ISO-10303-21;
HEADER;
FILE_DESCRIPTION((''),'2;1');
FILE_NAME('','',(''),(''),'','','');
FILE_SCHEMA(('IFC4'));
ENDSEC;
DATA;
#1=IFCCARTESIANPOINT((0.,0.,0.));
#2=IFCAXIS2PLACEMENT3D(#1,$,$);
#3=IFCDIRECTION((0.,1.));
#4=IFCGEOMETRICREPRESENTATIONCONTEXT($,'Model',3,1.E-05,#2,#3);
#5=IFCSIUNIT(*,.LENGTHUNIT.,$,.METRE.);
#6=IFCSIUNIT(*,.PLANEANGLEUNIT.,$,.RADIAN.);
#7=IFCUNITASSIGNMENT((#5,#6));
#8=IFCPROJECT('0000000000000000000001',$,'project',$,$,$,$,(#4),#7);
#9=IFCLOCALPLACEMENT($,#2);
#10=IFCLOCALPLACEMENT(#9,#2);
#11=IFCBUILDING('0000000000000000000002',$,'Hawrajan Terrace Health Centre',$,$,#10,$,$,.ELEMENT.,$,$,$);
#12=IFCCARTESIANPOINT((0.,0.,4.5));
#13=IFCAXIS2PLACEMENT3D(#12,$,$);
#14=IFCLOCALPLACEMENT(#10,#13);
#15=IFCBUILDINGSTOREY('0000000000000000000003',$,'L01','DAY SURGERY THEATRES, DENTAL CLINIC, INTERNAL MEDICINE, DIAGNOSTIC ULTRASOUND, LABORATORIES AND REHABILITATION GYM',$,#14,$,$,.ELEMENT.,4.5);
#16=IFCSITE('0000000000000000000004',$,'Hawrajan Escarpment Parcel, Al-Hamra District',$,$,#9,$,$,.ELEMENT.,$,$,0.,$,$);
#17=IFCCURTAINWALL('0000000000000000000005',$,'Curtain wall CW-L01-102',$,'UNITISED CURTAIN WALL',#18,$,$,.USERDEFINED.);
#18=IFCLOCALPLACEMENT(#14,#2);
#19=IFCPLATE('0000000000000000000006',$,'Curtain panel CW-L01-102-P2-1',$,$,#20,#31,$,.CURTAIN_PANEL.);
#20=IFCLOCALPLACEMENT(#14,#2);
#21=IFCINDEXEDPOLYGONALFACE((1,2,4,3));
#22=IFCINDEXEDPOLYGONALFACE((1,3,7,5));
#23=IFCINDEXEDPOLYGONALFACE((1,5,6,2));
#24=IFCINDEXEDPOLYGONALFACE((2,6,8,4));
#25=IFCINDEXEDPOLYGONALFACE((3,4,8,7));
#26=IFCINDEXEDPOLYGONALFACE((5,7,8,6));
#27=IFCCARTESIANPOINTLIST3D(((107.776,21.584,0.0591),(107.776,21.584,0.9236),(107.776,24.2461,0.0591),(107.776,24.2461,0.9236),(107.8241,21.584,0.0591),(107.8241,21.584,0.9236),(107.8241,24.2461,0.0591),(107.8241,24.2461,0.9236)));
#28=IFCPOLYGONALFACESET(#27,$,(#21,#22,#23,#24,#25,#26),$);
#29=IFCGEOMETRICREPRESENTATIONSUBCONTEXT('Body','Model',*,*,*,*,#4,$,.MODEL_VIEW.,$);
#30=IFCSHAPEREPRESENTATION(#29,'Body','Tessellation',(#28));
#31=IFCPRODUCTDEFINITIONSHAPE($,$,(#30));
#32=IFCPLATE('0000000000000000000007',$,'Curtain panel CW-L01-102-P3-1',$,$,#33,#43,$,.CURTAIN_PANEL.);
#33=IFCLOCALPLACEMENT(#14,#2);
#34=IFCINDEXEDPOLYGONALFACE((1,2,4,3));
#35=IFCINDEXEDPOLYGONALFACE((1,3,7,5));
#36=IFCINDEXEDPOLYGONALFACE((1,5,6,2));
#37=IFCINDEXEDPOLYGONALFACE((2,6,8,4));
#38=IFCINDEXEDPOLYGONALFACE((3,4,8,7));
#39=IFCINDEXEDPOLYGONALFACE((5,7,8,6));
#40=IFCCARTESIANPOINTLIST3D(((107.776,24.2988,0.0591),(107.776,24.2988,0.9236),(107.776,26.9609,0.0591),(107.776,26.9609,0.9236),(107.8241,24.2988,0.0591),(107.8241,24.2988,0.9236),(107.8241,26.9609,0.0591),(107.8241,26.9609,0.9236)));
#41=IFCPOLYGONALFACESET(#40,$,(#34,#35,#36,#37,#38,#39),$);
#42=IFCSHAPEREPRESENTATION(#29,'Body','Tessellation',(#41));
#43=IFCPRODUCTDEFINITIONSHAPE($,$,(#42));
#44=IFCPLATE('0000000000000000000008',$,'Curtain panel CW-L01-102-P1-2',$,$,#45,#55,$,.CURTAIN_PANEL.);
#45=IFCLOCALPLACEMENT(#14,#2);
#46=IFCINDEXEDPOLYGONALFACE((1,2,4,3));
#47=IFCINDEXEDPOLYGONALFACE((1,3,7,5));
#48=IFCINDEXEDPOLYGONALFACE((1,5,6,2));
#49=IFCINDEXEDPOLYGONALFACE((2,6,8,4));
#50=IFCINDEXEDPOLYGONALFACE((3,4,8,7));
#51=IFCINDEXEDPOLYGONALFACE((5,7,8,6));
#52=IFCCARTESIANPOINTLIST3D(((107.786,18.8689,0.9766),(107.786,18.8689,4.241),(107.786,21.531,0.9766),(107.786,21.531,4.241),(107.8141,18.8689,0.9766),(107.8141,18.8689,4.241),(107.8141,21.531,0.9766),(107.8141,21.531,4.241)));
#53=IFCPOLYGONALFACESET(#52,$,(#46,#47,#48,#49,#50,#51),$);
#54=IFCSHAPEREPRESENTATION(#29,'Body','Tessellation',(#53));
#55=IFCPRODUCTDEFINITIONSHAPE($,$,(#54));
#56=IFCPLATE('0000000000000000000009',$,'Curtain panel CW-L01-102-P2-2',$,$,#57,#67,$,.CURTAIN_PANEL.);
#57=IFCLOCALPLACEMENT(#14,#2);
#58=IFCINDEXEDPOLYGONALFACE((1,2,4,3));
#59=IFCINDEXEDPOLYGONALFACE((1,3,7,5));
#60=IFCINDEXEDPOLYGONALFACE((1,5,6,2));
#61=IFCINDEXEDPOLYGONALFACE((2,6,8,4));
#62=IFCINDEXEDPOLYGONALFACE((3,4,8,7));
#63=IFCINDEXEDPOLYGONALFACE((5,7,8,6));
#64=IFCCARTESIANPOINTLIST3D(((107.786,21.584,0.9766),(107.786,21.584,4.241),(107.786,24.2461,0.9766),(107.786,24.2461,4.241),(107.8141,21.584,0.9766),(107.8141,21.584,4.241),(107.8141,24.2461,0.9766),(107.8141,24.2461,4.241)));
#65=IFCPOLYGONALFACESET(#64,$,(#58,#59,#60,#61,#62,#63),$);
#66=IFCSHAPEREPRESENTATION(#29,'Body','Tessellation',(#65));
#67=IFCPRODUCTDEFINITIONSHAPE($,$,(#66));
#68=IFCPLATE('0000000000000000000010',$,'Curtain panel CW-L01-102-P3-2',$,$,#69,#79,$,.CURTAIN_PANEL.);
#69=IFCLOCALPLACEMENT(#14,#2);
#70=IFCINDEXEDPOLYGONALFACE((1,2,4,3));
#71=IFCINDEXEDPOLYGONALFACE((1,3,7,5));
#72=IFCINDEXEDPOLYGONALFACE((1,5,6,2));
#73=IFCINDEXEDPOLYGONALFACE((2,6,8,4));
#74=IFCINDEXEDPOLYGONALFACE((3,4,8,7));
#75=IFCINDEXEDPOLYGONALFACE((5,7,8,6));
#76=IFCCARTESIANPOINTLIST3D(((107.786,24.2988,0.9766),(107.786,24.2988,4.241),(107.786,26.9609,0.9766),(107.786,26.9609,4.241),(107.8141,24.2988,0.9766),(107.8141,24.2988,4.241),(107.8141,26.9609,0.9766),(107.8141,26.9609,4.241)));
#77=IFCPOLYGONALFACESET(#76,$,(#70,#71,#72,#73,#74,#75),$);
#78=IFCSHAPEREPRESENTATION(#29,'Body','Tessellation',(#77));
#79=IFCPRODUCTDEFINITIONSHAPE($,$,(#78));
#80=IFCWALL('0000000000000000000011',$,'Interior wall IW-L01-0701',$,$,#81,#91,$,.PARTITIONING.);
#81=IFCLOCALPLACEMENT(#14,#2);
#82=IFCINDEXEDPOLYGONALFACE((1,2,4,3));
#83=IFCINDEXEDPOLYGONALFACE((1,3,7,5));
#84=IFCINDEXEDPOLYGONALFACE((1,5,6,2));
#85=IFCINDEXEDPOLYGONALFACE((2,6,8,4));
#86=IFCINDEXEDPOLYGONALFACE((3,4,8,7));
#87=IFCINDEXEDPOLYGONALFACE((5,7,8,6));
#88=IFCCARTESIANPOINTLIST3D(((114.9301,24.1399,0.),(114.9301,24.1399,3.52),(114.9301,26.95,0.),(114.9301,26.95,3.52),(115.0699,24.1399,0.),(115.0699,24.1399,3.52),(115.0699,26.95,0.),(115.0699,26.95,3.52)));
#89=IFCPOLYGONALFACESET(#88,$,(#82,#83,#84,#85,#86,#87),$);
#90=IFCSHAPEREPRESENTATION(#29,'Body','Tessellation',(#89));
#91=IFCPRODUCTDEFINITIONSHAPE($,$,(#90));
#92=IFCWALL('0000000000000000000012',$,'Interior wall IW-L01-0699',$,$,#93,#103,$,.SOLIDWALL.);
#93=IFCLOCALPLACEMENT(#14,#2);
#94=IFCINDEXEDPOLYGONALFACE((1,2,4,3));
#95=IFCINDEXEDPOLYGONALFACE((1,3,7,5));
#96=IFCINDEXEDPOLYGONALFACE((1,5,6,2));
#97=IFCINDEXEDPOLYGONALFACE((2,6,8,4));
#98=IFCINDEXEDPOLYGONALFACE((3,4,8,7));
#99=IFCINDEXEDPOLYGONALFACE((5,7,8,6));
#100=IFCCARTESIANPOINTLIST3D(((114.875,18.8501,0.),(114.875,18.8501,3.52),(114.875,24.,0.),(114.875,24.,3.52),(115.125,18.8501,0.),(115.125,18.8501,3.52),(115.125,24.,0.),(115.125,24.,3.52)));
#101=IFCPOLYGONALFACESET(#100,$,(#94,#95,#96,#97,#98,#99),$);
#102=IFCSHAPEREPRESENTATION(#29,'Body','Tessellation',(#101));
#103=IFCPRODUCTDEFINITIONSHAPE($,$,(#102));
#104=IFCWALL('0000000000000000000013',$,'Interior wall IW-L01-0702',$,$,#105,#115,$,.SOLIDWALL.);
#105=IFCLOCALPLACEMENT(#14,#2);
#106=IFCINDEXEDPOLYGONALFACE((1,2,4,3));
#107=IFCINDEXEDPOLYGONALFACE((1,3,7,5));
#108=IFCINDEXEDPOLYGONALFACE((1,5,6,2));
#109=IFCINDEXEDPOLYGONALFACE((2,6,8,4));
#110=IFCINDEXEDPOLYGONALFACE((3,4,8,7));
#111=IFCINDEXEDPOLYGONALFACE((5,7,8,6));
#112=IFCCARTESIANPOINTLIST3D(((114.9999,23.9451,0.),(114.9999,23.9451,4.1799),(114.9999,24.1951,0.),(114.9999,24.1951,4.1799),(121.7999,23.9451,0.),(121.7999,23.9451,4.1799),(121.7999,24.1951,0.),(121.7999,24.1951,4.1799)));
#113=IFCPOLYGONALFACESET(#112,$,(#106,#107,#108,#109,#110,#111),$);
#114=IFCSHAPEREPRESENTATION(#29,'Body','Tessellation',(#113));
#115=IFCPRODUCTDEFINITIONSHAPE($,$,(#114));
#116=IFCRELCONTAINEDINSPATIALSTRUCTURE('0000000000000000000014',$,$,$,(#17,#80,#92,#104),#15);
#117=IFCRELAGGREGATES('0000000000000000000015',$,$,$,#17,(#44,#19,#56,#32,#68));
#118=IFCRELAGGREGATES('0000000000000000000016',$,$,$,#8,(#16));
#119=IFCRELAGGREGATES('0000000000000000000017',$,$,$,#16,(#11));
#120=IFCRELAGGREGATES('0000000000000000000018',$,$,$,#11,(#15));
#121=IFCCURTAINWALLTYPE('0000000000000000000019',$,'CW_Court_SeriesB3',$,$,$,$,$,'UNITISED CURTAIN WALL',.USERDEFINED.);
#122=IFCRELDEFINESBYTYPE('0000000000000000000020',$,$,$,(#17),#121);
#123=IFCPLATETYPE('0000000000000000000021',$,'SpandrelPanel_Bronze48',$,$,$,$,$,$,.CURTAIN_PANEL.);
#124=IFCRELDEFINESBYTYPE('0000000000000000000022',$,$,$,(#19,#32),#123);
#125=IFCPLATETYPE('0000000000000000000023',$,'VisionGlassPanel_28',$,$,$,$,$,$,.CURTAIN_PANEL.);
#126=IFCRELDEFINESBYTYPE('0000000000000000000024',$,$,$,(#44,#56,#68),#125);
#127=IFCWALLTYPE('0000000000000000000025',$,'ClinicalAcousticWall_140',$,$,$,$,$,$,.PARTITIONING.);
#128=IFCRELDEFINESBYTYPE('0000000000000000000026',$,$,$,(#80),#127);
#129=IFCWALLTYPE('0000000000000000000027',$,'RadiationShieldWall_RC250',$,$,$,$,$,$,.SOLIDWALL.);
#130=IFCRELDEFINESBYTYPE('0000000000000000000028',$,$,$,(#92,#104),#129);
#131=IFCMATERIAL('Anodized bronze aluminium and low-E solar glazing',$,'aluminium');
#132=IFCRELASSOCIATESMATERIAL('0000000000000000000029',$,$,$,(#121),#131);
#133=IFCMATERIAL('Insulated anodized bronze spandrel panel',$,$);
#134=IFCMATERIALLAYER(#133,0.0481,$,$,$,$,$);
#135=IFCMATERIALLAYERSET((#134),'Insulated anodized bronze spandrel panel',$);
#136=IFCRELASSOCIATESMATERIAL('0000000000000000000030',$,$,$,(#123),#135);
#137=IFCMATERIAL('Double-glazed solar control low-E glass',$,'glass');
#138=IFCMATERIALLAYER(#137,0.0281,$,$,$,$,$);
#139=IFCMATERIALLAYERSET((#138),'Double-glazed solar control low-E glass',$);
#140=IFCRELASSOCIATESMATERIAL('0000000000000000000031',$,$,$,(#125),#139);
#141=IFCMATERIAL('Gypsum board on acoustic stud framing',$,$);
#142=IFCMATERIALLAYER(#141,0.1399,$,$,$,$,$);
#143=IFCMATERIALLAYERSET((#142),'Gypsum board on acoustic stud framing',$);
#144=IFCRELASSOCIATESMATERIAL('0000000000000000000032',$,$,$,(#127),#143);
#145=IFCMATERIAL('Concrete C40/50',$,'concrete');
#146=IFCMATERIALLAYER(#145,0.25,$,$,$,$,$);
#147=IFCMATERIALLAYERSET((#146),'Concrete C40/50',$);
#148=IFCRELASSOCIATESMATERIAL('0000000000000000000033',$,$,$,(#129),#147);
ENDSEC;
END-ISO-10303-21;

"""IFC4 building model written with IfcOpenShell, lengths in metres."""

from ifc_helpers import new_model, si_unit, direction, frame, frame_2d, origin, origin_2d, place, context, subcontext, project, spatial, rectangle, extrude, material, layer, layer_set, type_object, element, aggregate, save


model = new_model("IFC4")

# Units and contexts
model_context = context("Model", 3, precision=1e-05, world=origin(), true_north=direction((0.0, 1.0)))
body_context = subcontext(model_context, "Body", "Model", "MODEL_VIEW")
ifc_project = project(units=[si_unit("LENGTHUNIT", "METRE"), si_unit("PLANEANGLEUNIT", "RADIAN")], contexts=[model_context])

# Site, building, storey
site_placement = place(None, origin())
site = spatial("IfcSite", under=ifc_project, at=site_placement, Name="Hawrajan Escarpment Parcel, Al-Hamra District", CompositionType="ELEMENT", RefElevation=0.0)
building_placement = place(site_placement, origin())
building = spatial("IfcBuilding", under=site, at=building_placement, Name="Hawrajan Terrace Health Centre", CompositionType="ELEMENT")
storey_placement = place(building_placement, frame((0.0, 0.0, 4.5)))
storey = spatial("IfcBuildingStorey", under=building, at=storey_placement, Name="L01", Description="DAY SURGERY THEATRES, DENTAL CLINIC, INTERNAL MEDICINE, DIAGNOSTIC ULTRASOUND, LABORATORIES AND REHABILITATION GYM", CompositionType="ELEMENT", Elevation=4.5)

# Curtain wall
ifc_material_1 = material(Name="Anodized bronze aluminium and low-E solar glazing", Category="aluminium")
curtain_wall_type = type_object("IfcCurtainWallType", Name="CW_Court_SeriesB3", ElementType="UNITISED CURTAIN WALL", PredefinedType="USERDEFINED", material=ifc_material_1)
curtain_wall_placement = place(storey_placement, origin())
curtain_wall = element("IfcCurtainWall", 1, at=curtain_wall_placement, inside=storey, type_object=curtain_wall_type, Name="Curtain wall CW-L01-102", ObjectType="UNITISED CURTAIN WALL", PredefinedType="USERDEFINED")

# Shared definitions
ifc_material_2 = material(Name="Concrete C40/50", Category="concrete")

# Plates
ifc_material_3 = material(Name="Insulated anodized bronze spandrel panel")
ifc_layer_1 = layer(ifc_material_3, 0.0481)
ifc_layer_set_1 = layer_set([ifc_layer_1], Name="Insulated anodized bronze spandrel panel")
plate_type_1 = type_object("IfcPlateType", Name="SpandrelPanel_Bronze48", PredefinedType="CURTAIN_PANEL", material=ifc_layer_set_1)
plate_1_placement = place(storey_placement, frame((107.8, 22.915, 0.0591), z_axis=(0.0, 0.0, 1.0), x_axis=(0.0, 1.0, 0.0)))
plate_1 = element("IfcPlate", 2, at=plate_1_placement, type_object=plate_type_1, Name="Curtain panel CW-L01-102-P2-1", PredefinedType="CURTAIN_PANEL", context=body_context, shape_type="SweptSolid", body=[
    extrude(rectangle(XDim=2.6621, YDim=0.0481, at=origin_2d()), origin(), (0.0, 0.0, 1.0), 0.8645),
])
plate_2_placement = place(storey_placement, frame((107.8, 25.6299, 0.0591), z_axis=(0.0, 0.0, 1.0), x_axis=(0.0, 1.0, 0.0)))
plate_2 = element("IfcPlate", 3, at=plate_2_placement, type_object=plate_type_1, Name="Curtain panel CW-L01-102-P3-1", PredefinedType="CURTAIN_PANEL", context=body_context, shape_type="SweptSolid", body=[
    extrude(rectangle(XDim=2.6621, YDim=0.0481, at=origin_2d()), origin(), (0.0, 0.0, 1.0), 0.8645),
])
ifc_material_4 = material(Name="Double-glazed solar control low-E glass", Category="glass")
ifc_layer_2 = layer(ifc_material_4, 0.0281)
ifc_layer_set_2 = layer_set([ifc_layer_2], Name="Double-glazed solar control low-E glass")
plate_type_2 = type_object("IfcPlateType", Name="VisionGlassPanel_28", PredefinedType="CURTAIN_PANEL", material=ifc_layer_set_2)
plate_3_placement = place(storey_placement, frame((107.8, 20.2, 0.9766), z_axis=(0.0, 0.0, 1.0), x_axis=(0.0, 1.0, 0.0)))
plate_3 = element("IfcPlate", 4, at=plate_3_placement, type_object=plate_type_2, Name="Curtain panel CW-L01-102-P1-2", PredefinedType="CURTAIN_PANEL", context=body_context, shape_type="SweptSolid", body=[
    extrude(rectangle(XDim=2.6621, YDim=0.0281, at=origin_2d()), origin(), (0.0, 0.0, 1.0), 3.2644),
])
plate_4_placement = place(storey_placement, frame((107.8, 22.915, 0.9766), z_axis=(0.0, 0.0, 1.0), x_axis=(0.0, 1.0, 0.0)))
plate_4 = element("IfcPlate", 5, at=plate_4_placement, type_object=plate_type_2, Name="Curtain panel CW-L01-102-P2-2", PredefinedType="CURTAIN_PANEL", context=body_context, shape_type="SweptSolid", body=[
    extrude(rectangle(XDim=2.6621, YDim=0.0281, at=origin_2d()), origin(), (0.0, 0.0, 1.0), 3.2644),
])
plate_5_placement = place(storey_placement, frame((107.8, 25.6299, 0.9766), z_axis=(0.0, 0.0, 1.0), x_axis=(0.0, 1.0, 0.0)))
plate_5 = element("IfcPlate", 6, at=plate_5_placement, type_object=plate_type_2, Name="Curtain panel CW-L01-102-P3-2", PredefinedType="CURTAIN_PANEL", context=body_context, shape_type="SweptSolid", body=[
    extrude(rectangle(XDim=2.6621, YDim=0.0281, at=origin_2d()), origin(), (0.0, 0.0, 1.0), 3.2644),
])
aggregate(curtain_wall, [plate_3, plate_1, plate_4, plate_2, plate_5])

# Walls
ifc_material_5 = material(Name="Gypsum board on acoustic stud framing")
ifc_layer_3 = layer(ifc_material_5, 0.1399)
ifc_layer_set_3 = layer_set([ifc_layer_3], Name="Gypsum board on acoustic stud framing")
wall_type_1 = type_object("IfcWallType", Name="ClinicalAcousticWall_140", PredefinedType="PARTITIONING", material=ifc_layer_set_3)
wall_1_placement = place(storey_placement, frame((115.0, 24.1399, 0.0), z_axis=(0.0, 0.0, 1.0), x_axis=(0.0, 1.0, 0.0)))
element("IfcWall", 7, at=wall_1_placement, inside=storey, type_object=wall_type_1, Name="Interior wall IW-L01-0701", PredefinedType="PARTITIONING", context=body_context, shape_type="SweptSolid", body=[
    extrude(rectangle(XDim=2.8101, YDim=0.1399, at=frame_2d((1.405, 0.0))), origin(), (0.0, 0.0, 1.0), 3.52),
])
ifc_layer_4 = layer(ifc_material_2, 0.25)
ifc_layer_set_4 = layer_set([ifc_layer_4], Name="Concrete C40/50")
wall_type_2 = type_object("IfcWallType", Name="RadiationShieldWall_RC250", PredefinedType="SOLIDWALL", material=ifc_layer_set_4)
wall_2_placement = place(storey_placement, frame((115.0, 18.8501, 0.0), z_axis=(0.0, 0.0, 1.0), x_axis=(0.0, 1.0, 0.0)))
element("IfcWall", 8, at=wall_2_placement, inside=storey, type_object=wall_type_2, Name="Interior wall IW-L01-0699", PredefinedType="SOLIDWALL", context=body_context, shape_type="SweptSolid", body=[
    extrude(rectangle(XDim=5.1499, YDim=0.25, at=frame_2d((2.575, 0.0))), origin(), (0.0, 0.0, 1.0), 3.52),
])
wall_3_placement = place(storey_placement, frame((115.0, 24.0701, 0.0), z_axis=(0.0, 0.0, 1.0), x_axis=(1.0, 0.0, 0.0)))
element("IfcWall", 9, at=wall_3_placement, inside=storey, type_object=wall_type_2, Name="Interior wall IW-L01-0702", PredefinedType="SOLIDWALL", context=body_context, shape_type="SweptSolid", body=[
    extrude(rectangle(XDim=6.8, YDim=0.25, at=frame_2d((3.3999, 0.0))), origin(), (0.0, 0.0, 1.0), 4.1799),
])

save(model, "model.ifc")
